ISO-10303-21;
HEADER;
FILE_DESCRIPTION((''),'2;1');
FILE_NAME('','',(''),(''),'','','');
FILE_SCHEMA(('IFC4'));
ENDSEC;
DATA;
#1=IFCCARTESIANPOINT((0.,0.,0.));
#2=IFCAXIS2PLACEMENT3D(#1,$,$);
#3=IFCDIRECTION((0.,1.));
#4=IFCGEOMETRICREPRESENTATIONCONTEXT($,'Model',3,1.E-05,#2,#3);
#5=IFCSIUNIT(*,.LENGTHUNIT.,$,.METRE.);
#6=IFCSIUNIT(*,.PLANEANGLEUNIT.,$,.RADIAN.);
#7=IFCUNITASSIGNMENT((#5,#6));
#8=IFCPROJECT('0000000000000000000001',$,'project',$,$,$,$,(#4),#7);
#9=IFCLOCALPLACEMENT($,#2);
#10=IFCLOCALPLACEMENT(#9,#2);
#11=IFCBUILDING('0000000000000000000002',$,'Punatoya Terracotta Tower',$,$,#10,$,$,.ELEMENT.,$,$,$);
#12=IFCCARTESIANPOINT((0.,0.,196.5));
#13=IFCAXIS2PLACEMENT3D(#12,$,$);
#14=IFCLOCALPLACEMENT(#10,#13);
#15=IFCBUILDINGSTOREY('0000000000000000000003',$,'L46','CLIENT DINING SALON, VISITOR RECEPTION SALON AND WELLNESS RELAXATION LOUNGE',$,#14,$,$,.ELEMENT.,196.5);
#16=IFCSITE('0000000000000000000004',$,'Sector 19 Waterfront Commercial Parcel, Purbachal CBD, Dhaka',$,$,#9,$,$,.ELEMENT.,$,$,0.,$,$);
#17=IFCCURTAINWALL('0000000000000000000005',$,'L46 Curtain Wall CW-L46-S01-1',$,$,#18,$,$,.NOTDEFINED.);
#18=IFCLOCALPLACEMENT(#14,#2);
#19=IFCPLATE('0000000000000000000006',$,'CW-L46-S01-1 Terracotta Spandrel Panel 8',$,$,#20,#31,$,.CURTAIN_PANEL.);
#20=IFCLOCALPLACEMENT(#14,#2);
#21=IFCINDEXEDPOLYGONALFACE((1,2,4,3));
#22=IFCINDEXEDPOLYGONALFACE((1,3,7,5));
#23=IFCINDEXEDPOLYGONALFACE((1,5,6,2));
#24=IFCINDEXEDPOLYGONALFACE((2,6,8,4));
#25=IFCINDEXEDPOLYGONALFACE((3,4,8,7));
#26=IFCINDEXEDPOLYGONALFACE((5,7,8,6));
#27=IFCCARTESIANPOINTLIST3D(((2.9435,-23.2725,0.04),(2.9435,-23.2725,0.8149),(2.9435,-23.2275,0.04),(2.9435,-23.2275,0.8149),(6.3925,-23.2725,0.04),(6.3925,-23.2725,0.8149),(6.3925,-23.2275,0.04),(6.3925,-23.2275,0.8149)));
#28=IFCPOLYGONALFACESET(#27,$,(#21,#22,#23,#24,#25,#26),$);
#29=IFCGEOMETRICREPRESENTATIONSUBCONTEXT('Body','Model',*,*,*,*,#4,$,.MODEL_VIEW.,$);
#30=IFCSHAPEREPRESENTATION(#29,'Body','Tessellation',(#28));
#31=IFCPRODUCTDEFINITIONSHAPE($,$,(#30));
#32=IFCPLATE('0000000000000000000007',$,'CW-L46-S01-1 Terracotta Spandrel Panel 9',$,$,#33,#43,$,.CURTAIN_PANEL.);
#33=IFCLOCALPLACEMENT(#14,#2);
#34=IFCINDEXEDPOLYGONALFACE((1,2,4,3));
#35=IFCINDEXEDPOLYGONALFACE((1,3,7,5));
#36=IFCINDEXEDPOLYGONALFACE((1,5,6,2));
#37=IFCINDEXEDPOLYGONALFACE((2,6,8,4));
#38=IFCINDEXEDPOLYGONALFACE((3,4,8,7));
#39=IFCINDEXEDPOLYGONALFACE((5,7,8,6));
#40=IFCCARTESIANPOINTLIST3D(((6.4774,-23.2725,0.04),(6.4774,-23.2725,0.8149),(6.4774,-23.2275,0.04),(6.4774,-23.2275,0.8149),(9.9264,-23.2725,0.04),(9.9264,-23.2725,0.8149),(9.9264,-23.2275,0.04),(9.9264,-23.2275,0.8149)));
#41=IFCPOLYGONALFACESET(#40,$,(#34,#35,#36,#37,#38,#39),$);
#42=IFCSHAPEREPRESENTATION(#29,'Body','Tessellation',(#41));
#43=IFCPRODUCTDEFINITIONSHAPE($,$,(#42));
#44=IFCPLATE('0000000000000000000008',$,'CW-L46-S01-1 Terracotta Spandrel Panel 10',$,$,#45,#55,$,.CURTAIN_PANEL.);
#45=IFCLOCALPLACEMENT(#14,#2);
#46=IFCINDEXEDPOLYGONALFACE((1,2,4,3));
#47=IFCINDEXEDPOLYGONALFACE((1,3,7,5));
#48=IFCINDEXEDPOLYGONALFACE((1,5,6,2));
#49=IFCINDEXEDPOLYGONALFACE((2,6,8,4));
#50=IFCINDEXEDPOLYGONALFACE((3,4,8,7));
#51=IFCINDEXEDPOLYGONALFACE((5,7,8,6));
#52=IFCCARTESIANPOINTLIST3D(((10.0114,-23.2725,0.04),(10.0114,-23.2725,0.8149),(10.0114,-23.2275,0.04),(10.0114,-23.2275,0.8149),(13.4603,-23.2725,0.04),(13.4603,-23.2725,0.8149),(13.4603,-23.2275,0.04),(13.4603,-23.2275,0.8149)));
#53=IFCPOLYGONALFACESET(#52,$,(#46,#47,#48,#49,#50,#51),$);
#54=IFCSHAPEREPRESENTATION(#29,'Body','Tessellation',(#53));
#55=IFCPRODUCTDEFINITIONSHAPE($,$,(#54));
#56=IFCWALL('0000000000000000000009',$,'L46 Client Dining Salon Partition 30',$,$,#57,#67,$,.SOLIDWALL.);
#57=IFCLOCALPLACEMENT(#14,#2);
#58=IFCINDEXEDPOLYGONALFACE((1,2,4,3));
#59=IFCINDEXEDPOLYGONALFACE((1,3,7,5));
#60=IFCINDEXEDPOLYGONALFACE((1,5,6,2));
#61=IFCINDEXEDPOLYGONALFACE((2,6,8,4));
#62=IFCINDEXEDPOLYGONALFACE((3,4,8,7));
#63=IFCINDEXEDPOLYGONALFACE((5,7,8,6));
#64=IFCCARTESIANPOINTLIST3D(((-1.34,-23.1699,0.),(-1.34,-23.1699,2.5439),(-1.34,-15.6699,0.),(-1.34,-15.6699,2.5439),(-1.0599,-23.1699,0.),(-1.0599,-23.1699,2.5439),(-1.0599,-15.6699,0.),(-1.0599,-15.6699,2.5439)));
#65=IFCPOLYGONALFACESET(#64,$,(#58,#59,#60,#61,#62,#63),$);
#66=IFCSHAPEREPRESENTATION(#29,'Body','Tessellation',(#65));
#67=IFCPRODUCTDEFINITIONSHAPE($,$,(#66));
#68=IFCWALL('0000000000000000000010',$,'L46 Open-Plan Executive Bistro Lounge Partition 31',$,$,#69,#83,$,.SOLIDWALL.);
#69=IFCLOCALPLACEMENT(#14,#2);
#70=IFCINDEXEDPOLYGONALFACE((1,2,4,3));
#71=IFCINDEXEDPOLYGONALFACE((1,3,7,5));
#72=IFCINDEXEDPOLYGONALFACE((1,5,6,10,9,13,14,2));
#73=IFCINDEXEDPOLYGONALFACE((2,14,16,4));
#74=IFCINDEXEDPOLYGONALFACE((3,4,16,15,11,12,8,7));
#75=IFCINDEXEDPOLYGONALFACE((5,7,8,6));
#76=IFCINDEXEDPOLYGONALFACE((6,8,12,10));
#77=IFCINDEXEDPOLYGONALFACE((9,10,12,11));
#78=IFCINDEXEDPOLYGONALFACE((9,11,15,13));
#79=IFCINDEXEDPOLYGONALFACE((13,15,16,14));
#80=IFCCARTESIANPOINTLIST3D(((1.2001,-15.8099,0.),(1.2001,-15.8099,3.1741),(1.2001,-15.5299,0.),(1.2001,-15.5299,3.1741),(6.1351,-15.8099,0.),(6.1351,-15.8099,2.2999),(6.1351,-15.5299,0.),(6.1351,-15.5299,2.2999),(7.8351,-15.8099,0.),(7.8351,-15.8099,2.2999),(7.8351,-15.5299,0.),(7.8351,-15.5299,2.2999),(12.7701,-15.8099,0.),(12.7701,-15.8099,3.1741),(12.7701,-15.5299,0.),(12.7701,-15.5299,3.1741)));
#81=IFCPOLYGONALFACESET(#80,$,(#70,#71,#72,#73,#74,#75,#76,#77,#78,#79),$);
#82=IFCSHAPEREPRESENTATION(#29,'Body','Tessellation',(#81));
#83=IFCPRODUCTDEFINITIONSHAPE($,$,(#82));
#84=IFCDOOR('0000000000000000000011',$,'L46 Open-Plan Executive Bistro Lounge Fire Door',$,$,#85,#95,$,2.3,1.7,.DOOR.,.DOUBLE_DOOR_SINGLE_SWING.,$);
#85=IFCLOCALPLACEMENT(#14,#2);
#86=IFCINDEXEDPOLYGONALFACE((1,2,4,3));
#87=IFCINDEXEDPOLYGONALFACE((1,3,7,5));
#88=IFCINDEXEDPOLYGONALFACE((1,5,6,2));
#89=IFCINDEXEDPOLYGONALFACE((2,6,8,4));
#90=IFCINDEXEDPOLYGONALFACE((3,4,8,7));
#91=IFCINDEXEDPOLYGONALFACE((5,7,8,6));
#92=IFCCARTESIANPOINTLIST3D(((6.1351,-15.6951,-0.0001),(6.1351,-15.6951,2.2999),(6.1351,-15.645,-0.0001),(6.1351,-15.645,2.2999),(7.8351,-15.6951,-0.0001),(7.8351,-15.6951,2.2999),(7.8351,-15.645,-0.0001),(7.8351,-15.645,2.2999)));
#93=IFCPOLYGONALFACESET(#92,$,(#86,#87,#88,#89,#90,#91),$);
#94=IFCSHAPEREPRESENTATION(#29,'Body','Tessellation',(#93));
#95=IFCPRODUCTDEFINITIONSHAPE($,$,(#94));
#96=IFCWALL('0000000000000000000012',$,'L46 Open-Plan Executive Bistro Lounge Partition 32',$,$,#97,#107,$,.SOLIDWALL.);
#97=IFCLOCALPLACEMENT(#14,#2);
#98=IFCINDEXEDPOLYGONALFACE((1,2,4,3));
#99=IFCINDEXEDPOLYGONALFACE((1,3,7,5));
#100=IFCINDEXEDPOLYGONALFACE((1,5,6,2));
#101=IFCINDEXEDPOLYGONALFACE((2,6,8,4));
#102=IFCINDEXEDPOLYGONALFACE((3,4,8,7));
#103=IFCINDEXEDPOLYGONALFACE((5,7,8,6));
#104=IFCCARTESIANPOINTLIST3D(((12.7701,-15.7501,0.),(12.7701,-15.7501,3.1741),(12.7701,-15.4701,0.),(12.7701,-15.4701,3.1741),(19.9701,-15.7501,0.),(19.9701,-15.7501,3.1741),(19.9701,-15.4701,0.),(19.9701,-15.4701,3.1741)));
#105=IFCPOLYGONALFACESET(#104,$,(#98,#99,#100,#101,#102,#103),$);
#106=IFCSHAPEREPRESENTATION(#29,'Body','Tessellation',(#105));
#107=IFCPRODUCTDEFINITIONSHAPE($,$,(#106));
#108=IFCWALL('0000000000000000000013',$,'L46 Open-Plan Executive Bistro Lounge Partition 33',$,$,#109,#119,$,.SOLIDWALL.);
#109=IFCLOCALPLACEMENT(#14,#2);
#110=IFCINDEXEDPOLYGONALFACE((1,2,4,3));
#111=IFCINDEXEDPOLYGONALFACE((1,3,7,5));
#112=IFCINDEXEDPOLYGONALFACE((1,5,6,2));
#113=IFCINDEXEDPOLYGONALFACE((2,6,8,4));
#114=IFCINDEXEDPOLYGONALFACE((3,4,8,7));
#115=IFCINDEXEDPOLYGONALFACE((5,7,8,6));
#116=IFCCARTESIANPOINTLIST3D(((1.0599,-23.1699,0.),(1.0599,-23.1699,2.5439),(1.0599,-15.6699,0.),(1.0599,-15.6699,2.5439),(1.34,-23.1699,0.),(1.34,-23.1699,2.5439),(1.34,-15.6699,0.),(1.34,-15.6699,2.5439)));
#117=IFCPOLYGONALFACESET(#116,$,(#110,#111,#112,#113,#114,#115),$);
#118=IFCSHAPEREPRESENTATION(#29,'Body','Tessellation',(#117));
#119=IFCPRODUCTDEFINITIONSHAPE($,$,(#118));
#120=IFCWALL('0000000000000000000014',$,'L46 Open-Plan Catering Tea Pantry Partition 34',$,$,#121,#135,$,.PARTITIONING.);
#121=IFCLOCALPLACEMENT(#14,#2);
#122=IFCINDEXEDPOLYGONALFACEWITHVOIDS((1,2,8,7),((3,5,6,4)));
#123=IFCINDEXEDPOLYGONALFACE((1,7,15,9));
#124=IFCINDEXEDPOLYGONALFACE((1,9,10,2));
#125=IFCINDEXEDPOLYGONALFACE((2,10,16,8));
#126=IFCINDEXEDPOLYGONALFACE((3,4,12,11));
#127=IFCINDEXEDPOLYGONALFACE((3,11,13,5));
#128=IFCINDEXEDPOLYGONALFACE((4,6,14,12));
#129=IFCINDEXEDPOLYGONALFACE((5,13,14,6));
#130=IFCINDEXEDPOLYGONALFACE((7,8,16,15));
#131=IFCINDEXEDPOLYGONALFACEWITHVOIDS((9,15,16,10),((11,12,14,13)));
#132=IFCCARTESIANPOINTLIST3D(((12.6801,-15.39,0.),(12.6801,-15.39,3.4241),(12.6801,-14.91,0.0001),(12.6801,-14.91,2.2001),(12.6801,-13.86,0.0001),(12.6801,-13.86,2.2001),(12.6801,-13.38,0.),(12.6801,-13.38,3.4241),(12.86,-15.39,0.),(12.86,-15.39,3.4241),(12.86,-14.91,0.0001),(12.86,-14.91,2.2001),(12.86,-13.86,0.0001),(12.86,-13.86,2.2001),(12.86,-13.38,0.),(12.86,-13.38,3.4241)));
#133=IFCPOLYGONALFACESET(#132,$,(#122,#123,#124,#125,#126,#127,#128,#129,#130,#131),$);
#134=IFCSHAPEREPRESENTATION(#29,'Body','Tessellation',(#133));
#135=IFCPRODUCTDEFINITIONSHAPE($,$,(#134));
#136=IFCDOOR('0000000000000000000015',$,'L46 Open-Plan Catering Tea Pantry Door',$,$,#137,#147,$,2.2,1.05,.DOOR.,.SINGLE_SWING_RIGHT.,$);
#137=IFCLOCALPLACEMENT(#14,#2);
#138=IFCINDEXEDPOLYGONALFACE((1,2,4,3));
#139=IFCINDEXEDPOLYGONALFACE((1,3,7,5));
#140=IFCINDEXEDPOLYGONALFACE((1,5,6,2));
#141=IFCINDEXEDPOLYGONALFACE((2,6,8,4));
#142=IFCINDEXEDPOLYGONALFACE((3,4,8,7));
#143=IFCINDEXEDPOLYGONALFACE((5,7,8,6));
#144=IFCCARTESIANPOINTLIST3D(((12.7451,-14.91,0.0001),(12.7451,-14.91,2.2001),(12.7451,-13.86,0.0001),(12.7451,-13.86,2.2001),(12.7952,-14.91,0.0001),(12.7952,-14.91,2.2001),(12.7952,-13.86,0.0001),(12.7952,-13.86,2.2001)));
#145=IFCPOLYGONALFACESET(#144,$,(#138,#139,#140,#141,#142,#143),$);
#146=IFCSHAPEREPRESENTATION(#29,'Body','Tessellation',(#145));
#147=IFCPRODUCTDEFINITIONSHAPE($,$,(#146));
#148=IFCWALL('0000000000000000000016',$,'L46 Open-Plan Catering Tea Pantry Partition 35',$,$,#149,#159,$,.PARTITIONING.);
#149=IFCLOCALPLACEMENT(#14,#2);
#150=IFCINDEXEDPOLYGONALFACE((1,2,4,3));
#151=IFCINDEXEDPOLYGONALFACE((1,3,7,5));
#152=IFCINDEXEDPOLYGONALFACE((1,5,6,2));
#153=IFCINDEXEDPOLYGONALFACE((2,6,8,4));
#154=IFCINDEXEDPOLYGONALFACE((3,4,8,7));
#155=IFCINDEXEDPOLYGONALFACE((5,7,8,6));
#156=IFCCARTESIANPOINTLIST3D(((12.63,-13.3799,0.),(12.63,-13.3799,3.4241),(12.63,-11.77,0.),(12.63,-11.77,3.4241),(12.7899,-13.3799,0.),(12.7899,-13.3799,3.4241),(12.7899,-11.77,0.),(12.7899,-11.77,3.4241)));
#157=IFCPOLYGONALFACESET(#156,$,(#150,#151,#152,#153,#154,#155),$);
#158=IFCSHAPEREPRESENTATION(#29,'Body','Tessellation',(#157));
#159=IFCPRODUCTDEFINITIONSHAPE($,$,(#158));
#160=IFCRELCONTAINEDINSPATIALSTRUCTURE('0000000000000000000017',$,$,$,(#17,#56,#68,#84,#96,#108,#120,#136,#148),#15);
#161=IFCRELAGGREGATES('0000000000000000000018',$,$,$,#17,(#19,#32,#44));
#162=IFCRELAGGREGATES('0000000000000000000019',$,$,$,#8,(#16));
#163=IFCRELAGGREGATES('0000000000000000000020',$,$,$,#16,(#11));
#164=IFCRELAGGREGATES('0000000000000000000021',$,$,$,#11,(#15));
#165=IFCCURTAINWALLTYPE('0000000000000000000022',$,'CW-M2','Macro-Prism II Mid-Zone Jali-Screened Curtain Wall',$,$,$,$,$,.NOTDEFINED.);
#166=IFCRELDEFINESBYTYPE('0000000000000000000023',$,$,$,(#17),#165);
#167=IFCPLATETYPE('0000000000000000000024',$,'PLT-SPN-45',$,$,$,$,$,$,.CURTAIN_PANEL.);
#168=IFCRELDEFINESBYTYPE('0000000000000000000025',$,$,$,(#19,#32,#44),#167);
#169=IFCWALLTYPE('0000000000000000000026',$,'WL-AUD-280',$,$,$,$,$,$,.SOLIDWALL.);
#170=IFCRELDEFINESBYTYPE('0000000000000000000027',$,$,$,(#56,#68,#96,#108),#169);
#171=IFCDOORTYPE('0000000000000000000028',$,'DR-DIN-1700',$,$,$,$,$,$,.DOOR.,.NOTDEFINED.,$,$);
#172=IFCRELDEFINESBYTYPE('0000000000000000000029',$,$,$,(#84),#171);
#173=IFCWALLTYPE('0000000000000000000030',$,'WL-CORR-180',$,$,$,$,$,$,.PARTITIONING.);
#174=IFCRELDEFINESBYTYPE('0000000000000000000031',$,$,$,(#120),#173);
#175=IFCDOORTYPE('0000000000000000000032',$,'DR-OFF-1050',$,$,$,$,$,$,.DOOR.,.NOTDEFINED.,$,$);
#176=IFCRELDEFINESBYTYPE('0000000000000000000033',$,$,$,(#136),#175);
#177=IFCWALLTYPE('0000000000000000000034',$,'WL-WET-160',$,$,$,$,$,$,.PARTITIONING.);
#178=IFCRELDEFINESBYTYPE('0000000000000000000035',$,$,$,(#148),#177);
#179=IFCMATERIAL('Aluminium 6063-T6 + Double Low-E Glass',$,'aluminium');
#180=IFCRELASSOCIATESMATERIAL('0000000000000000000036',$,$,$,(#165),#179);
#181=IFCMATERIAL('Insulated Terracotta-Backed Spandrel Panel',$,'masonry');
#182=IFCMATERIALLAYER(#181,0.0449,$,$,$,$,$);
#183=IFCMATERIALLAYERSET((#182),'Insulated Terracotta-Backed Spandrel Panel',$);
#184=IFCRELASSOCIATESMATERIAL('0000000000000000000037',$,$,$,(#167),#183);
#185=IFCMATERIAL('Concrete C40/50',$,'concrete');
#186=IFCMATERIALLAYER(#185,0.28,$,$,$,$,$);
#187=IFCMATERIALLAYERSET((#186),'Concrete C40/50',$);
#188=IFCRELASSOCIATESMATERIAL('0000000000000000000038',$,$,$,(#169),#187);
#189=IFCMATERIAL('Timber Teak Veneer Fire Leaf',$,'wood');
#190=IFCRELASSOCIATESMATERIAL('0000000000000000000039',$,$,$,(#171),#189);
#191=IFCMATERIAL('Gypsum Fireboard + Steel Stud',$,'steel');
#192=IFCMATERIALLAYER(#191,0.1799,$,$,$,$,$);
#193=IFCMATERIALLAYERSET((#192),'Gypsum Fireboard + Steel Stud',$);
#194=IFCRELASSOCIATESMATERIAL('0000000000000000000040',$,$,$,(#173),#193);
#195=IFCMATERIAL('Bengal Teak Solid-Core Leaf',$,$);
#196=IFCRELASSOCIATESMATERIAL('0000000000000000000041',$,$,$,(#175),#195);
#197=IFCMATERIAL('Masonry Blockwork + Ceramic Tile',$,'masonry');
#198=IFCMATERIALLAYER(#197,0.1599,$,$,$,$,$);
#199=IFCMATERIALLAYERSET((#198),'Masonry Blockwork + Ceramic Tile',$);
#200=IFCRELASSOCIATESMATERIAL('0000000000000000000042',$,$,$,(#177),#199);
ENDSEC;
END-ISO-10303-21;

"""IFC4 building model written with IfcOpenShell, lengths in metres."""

from ifc_helpers import new_model, si_unit, direction, frame, frame_2d, origin, origin_2d, place, context, subcontext, project, spatial, rectangle, extrude, material, layer, layer_set, type_object, element, fill, aggregate, save


model = new_model("IFC4")

# Units and contexts
model_context = context("Model", 3, precision=1e-05, world=origin(), true_north=direction((0.0, 1.0)))
body_context = subcontext(model_context, "Body", "Model", "MODEL_VIEW")
ifc_project = project(units=[si_unit("LENGTHUNIT", "METRE"), si_unit("PLANEANGLEUNIT", "RADIAN")], contexts=[model_context])

# Site, building, storey
site_placement = place(None, origin())
site = spatial("IfcSite", under=ifc_project, at=site_placement, Name="Sector 19 Waterfront Commercial Parcel, Purbachal CBD, Dhaka", CompositionType="ELEMENT", RefElevation=0.0)
building_placement = place(site_placement, origin())
building = spatial("IfcBuilding", under=site, at=building_placement, Name="Punatoya Terracotta Tower", CompositionType="ELEMENT")
storey_placement = place(building_placement, frame((0.0, 0.0, 196.5)))
storey = spatial("IfcBuildingStorey", under=building, at=storey_placement, Name="L46", Description="CLIENT DINING SALON, VISITOR RECEPTION SALON AND WELLNESS RELAXATION LOUNGE", CompositionType="ELEMENT", Elevation=196.5)

# Curtain wall, plates
ifc_material_1 = material(Name="Aluminium 6063-T6 + Double Low-E Glass", Category="aluminium")
curtain_wall_type = type_object("IfcCurtainWallType", Name="CW-M2", Description="Macro-Prism II Mid-Zone Jali-Screened Curtain Wall", PredefinedType="NOTDEFINED", material=ifc_material_1)
curtain_wall_placement = place(storey_placement, origin())
curtain_wall = element("IfcCurtainWall", 1, at=curtain_wall_placement, inside=storey, type_object=curtain_wall_type, Name="L46 Curtain Wall CW-L46-S01-1", PredefinedType="NOTDEFINED")
ifc_material_2 = material(Name="Insulated Terracotta-Backed Spandrel Panel", Category="masonry")
ifc_layer_1 = layer(ifc_material_2, 0.0449)
ifc_layer_set_1 = layer_set([ifc_layer_1], Name="Insulated Terracotta-Backed Spandrel Panel")
plate_type_1 = type_object("IfcPlateType", Name="PLT-SPN-45", PredefinedType="CURTAIN_PANEL", material=ifc_layer_set_1)
plate_1_placement = place(storey_placement, frame((4.668, -23.25, 0.04), z_axis=(0.0, 0.0, 1.0), x_axis=(1.0, 0.0, 0.0)))
plate_1 = element("IfcPlate", 2, at=plate_1_placement, type_object=plate_type_1, Name="CW-L46-S01-1 Terracotta Spandrel Panel 8", PredefinedType="CURTAIN_PANEL", context=body_context, shape_type="SweptSolid", body=[
    extrude(rectangle(XDim=3.449, YDim=0.0449, at=origin_2d()), origin(), (0.0, 0.0, 1.0), 0.7749),
])
plate_2_placement = place(storey_placement, frame((8.2019, -23.25, 0.04), z_axis=(0.0, 0.0, 1.0), x_axis=(1.0, 0.0, 0.0)))
plate_2 = element("IfcPlate", 3, at=plate_2_placement, type_object=plate_type_1, Name="CW-L46-S01-1 Terracotta Spandrel Panel 9", PredefinedType="CURTAIN_PANEL", context=body_context, shape_type="SweptSolid", body=[
    extrude(rectangle(XDim=3.449, YDim=0.0449, at=origin_2d()), origin(), (0.0, 0.0, 1.0), 0.7749),
])
plate_3_placement = place(storey_placement, frame((11.7358, -23.25, 0.04), z_axis=(0.0, 0.0, 1.0), x_axis=(1.0, 0.0, 0.0)))
plate_3 = element("IfcPlate", 4, at=plate_3_placement, type_object=plate_type_1, Name="CW-L46-S01-1 Terracotta Spandrel Panel 10", PredefinedType="CURTAIN_PANEL", context=body_context, shape_type="SweptSolid", body=[
    extrude(rectangle(XDim=3.449, YDim=0.0449, at=origin_2d()), origin(), (0.0, 0.0, 1.0), 0.7749),
])
aggregate(curtain_wall, [plate_1, plate_2, plate_3])

# Wall
ifc_material_3 = material(Name="Concrete C40/50", Category="concrete")
ifc_layer_2 = layer(ifc_material_3, 0.28)
ifc_layer_set_2 = layer_set([ifc_layer_2], Name="Concrete C40/50")
wall_type_1 = type_object("IfcWallType", Name="WL-AUD-280", PredefinedType="SOLIDWALL", material=ifc_layer_set_2)
wall_1_placement = place(storey_placement, frame((-1.2, -15.6699, 0.0), z_axis=(0.0, 0.0, 1.0), x_axis=(0.0, -1.0, 0.0)))
element("IfcWall", 5, at=wall_1_placement, inside=storey, type_object=wall_type_1, Name="L46 Client Dining Salon Partition 30", PredefinedType="SOLIDWALL", context=body_context, shape_type="SweptSolid", body=[
    extrude(rectangle(XDim=7.5, YDim=0.28, at=frame_2d((3.75, 0.0))), origin(), (0.0, 0.0, 1.0), 2.5439),
])

# Wall, opening, door
wall_2_placement = place(storey_placement, frame((1.2, -15.6699, 0.0), z_axis=(0.0, 0.0, 1.0), x_axis=(1.0, 0.0, 0.0)))
wall_2 = element("IfcWall", 6, at=wall_2_placement, inside=storey, type_object=wall_type_1, Name="L46 Open-Plan Executive Bistro Lounge Partition 31", PredefinedType="SOLIDWALL", context=body_context, shape_type="SweptSolid", body=[
    extrude(rectangle(XDim=11.5701, YDim=0.28, at=frame_2d((5.7852, 0.0))), origin(), (0.0, 0.0, 1.0), 3.1741),
])
opening_1_placement = place(wall_2_placement, frame((4.9351, 0.0, 0.0)))
opening_1 = element("IfcOpeningElement", 7, at=opening_1_placement, cuts=wall_2, PredefinedType="OPENING", context=body_context, shape_type="SweptSolid", body=[
    extrude(rectangle(XDim=1.7, YDim=2.3, at=frame_2d((0.8501, 1.1499))), frame((0.0, 0.1499, 0.0), z_axis=(0.0, -1.0, 0.0), x_axis=(1.0, 0.0, 0.0)), (0.0, 0.0, 1.0), 0.3),
])
ifc_material_4 = material(Name="Timber Teak Veneer Fire Leaf", Category="wood")
door_type_1 = type_object("IfcDoorType", Name="DR-DIN-1700", OperationType="NOTDEFINED", PredefinedType="DOOR", material=ifc_material_4)
door_1_placement = place(opening_1_placement, origin())
door_1 = element("IfcDoor", 8, at=door_1_placement, inside=storey, type_object=door_type_1, Name="L46 Open-Plan Executive Bistro Lounge Fire Door", OperationType="DOUBLE_DOOR_SINGLE_SWING", OverallHeight=2.3, OverallWidth=1.7, PredefinedType="DOOR", context=body_context, shape_type="SweptSolid", body=[
    extrude(rectangle(XDim=1.7, YDim=2.3, at=frame_2d((0.8501, 1.1499))), frame((0.0, 0.0249, 0.0), z_axis=(0.0, -1.0, 0.0), x_axis=(1.0, 0.0, 0.0)), (0.0, 0.0, 1.0), 0.05),
])
fill(opening_1, door_1)

# Walls
wall_3_placement = place(storey_placement, frame((12.77, -15.6101, 0.0), z_axis=(0.0, 0.0, 1.0), x_axis=(1.0, 0.0, 0.0)))
element("IfcWall", 9, at=wall_3_placement, inside=storey, type_object=wall_type_1, Name="L46 Open-Plan Executive Bistro Lounge Partition 32", PredefinedType="SOLIDWALL", context=body_context, shape_type="SweptSolid", body=[
    extrude(rectangle(XDim=7.2, YDim=0.28, at=frame_2d((3.6001, 0.0))), origin(), (0.0, 0.0, 1.0), 3.1741),
])
wall_4_placement = place(storey_placement, frame((1.2, -23.1699, 0.0), z_axis=(0.0, 0.0, 1.0), x_axis=(0.0, 1.0, 0.0)))
element("IfcWall", 10, at=wall_4_placement, inside=storey, type_object=wall_type_1, Name="L46 Open-Plan Executive Bistro Lounge Partition 33", PredefinedType="SOLIDWALL", context=body_context, shape_type="SweptSolid", body=[
    extrude(rectangle(XDim=7.5, YDim=0.28, at=frame_2d((3.75, 0.0))), origin(), (0.0, 0.0, 1.0), 2.5439),
])

# Wall, opening, door
ifc_material_5 = material(Name="Gypsum Fireboard + Steel Stud", Category="steel")
ifc_layer_3 = layer(ifc_material_5, 0.1799)
ifc_layer_set_3 = layer_set([ifc_layer_3], Name="Gypsum Fireboard + Steel Stud")
wall_type_2 = type_object("IfcWallType", Name="WL-CORR-180", PredefinedType="PARTITIONING", material=ifc_layer_set_3)
wall_5_placement = place(storey_placement, frame((12.77, -15.3899, 0.0), z_axis=(0.0, 0.0, 1.0), x_axis=(0.0, 1.0, 0.0)))
wall_5 = element("IfcWall", 11, at=wall_5_placement, inside=storey, type_object=wall_type_2, Name="L46 Open-Plan Catering Tea Pantry Partition 34", PredefinedType="PARTITIONING", context=body_context, shape_type="SweptSolid", body=[
    extrude(rectangle(XDim=2.01, YDim=0.1799, at=frame_2d((1.0049, 0.0))), origin(), (0.0, 0.0, 1.0), 3.4241),
])
opening_2_placement = place(wall_5_placement, frame((0.48, 0.0, 0.0)))
opening_2 = element("IfcOpeningElement", 12, at=opening_2_placement, cuts=wall_5, PredefinedType="OPENING", context=body_context, shape_type="SweptSolid", body=[
    extrude(rectangle(XDim=1.05, YDim=2.2, at=frame_2d((0.5249, 1.1001))), frame((0.0, 0.0999, 0.0), z_axis=(0.0, -1.0, 0.0), x_axis=(1.0, 0.0, 0.0)), (0.0, 0.0, 1.0), 0.2),
])
ifc_material_6 = material(Name="Bengal Teak Solid-Core Leaf")
door_type_2 = type_object("IfcDoorType", Name="DR-OFF-1050", OperationType="NOTDEFINED", PredefinedType="DOOR", material=ifc_material_6)
door_2_placement = place(opening_2_placement, origin())
door_2 = element("IfcDoor", 13, at=door_2_placement, inside=storey, type_object=door_type_2, Name="L46 Open-Plan Catering Tea Pantry Door", OperationType="SINGLE_SWING_RIGHT", OverallHeight=2.2, OverallWidth=1.05, PredefinedType="DOOR", context=body_context, shape_type="SweptSolid", body=[
    extrude(rectangle(XDim=1.05, YDim=2.2, at=frame_2d((0.5249, 1.1001))), frame((0.0, 0.0249, 0.0), z_axis=(0.0, -1.0, 0.0), x_axis=(1.0, 0.0, 0.0)), (0.0, 0.0, 1.0), 0.05),
])
fill(opening_2, door_2)

# Wall
ifc_material_7 = material(Name="Masonry Blockwork + Ceramic Tile", Category="masonry")
ifc_layer_4 = layer(ifc_material_7, 0.1599)
ifc_layer_set_4 = layer_set([ifc_layer_4], Name="Masonry Blockwork + Ceramic Tile")
wall_type_3 = type_object("IfcWallType", Name="WL-WET-160", PredefinedType="PARTITIONING", material=ifc_layer_set_4)
wall_6_placement = place(storey_placement, frame((12.71, -13.3799, 0.0), z_axis=(0.0, 0.0, 1.0), x_axis=(0.0, 1.0, 0.0)))
element("IfcWall", 14, at=wall_6_placement, inside=storey, type_object=wall_type_3, Name="L46 Open-Plan Catering Tea Pantry Partition 35", PredefinedType="PARTITIONING", context=body_context, shape_type="SweptSolid", body=[
    extrude(rectangle(XDim=1.6099, YDim=0.1599, at=frame_2d((0.8049, 0.0))), origin(), (0.0, 0.0, 1.0), 3.4241),
])

save(model, "model.ifc")
